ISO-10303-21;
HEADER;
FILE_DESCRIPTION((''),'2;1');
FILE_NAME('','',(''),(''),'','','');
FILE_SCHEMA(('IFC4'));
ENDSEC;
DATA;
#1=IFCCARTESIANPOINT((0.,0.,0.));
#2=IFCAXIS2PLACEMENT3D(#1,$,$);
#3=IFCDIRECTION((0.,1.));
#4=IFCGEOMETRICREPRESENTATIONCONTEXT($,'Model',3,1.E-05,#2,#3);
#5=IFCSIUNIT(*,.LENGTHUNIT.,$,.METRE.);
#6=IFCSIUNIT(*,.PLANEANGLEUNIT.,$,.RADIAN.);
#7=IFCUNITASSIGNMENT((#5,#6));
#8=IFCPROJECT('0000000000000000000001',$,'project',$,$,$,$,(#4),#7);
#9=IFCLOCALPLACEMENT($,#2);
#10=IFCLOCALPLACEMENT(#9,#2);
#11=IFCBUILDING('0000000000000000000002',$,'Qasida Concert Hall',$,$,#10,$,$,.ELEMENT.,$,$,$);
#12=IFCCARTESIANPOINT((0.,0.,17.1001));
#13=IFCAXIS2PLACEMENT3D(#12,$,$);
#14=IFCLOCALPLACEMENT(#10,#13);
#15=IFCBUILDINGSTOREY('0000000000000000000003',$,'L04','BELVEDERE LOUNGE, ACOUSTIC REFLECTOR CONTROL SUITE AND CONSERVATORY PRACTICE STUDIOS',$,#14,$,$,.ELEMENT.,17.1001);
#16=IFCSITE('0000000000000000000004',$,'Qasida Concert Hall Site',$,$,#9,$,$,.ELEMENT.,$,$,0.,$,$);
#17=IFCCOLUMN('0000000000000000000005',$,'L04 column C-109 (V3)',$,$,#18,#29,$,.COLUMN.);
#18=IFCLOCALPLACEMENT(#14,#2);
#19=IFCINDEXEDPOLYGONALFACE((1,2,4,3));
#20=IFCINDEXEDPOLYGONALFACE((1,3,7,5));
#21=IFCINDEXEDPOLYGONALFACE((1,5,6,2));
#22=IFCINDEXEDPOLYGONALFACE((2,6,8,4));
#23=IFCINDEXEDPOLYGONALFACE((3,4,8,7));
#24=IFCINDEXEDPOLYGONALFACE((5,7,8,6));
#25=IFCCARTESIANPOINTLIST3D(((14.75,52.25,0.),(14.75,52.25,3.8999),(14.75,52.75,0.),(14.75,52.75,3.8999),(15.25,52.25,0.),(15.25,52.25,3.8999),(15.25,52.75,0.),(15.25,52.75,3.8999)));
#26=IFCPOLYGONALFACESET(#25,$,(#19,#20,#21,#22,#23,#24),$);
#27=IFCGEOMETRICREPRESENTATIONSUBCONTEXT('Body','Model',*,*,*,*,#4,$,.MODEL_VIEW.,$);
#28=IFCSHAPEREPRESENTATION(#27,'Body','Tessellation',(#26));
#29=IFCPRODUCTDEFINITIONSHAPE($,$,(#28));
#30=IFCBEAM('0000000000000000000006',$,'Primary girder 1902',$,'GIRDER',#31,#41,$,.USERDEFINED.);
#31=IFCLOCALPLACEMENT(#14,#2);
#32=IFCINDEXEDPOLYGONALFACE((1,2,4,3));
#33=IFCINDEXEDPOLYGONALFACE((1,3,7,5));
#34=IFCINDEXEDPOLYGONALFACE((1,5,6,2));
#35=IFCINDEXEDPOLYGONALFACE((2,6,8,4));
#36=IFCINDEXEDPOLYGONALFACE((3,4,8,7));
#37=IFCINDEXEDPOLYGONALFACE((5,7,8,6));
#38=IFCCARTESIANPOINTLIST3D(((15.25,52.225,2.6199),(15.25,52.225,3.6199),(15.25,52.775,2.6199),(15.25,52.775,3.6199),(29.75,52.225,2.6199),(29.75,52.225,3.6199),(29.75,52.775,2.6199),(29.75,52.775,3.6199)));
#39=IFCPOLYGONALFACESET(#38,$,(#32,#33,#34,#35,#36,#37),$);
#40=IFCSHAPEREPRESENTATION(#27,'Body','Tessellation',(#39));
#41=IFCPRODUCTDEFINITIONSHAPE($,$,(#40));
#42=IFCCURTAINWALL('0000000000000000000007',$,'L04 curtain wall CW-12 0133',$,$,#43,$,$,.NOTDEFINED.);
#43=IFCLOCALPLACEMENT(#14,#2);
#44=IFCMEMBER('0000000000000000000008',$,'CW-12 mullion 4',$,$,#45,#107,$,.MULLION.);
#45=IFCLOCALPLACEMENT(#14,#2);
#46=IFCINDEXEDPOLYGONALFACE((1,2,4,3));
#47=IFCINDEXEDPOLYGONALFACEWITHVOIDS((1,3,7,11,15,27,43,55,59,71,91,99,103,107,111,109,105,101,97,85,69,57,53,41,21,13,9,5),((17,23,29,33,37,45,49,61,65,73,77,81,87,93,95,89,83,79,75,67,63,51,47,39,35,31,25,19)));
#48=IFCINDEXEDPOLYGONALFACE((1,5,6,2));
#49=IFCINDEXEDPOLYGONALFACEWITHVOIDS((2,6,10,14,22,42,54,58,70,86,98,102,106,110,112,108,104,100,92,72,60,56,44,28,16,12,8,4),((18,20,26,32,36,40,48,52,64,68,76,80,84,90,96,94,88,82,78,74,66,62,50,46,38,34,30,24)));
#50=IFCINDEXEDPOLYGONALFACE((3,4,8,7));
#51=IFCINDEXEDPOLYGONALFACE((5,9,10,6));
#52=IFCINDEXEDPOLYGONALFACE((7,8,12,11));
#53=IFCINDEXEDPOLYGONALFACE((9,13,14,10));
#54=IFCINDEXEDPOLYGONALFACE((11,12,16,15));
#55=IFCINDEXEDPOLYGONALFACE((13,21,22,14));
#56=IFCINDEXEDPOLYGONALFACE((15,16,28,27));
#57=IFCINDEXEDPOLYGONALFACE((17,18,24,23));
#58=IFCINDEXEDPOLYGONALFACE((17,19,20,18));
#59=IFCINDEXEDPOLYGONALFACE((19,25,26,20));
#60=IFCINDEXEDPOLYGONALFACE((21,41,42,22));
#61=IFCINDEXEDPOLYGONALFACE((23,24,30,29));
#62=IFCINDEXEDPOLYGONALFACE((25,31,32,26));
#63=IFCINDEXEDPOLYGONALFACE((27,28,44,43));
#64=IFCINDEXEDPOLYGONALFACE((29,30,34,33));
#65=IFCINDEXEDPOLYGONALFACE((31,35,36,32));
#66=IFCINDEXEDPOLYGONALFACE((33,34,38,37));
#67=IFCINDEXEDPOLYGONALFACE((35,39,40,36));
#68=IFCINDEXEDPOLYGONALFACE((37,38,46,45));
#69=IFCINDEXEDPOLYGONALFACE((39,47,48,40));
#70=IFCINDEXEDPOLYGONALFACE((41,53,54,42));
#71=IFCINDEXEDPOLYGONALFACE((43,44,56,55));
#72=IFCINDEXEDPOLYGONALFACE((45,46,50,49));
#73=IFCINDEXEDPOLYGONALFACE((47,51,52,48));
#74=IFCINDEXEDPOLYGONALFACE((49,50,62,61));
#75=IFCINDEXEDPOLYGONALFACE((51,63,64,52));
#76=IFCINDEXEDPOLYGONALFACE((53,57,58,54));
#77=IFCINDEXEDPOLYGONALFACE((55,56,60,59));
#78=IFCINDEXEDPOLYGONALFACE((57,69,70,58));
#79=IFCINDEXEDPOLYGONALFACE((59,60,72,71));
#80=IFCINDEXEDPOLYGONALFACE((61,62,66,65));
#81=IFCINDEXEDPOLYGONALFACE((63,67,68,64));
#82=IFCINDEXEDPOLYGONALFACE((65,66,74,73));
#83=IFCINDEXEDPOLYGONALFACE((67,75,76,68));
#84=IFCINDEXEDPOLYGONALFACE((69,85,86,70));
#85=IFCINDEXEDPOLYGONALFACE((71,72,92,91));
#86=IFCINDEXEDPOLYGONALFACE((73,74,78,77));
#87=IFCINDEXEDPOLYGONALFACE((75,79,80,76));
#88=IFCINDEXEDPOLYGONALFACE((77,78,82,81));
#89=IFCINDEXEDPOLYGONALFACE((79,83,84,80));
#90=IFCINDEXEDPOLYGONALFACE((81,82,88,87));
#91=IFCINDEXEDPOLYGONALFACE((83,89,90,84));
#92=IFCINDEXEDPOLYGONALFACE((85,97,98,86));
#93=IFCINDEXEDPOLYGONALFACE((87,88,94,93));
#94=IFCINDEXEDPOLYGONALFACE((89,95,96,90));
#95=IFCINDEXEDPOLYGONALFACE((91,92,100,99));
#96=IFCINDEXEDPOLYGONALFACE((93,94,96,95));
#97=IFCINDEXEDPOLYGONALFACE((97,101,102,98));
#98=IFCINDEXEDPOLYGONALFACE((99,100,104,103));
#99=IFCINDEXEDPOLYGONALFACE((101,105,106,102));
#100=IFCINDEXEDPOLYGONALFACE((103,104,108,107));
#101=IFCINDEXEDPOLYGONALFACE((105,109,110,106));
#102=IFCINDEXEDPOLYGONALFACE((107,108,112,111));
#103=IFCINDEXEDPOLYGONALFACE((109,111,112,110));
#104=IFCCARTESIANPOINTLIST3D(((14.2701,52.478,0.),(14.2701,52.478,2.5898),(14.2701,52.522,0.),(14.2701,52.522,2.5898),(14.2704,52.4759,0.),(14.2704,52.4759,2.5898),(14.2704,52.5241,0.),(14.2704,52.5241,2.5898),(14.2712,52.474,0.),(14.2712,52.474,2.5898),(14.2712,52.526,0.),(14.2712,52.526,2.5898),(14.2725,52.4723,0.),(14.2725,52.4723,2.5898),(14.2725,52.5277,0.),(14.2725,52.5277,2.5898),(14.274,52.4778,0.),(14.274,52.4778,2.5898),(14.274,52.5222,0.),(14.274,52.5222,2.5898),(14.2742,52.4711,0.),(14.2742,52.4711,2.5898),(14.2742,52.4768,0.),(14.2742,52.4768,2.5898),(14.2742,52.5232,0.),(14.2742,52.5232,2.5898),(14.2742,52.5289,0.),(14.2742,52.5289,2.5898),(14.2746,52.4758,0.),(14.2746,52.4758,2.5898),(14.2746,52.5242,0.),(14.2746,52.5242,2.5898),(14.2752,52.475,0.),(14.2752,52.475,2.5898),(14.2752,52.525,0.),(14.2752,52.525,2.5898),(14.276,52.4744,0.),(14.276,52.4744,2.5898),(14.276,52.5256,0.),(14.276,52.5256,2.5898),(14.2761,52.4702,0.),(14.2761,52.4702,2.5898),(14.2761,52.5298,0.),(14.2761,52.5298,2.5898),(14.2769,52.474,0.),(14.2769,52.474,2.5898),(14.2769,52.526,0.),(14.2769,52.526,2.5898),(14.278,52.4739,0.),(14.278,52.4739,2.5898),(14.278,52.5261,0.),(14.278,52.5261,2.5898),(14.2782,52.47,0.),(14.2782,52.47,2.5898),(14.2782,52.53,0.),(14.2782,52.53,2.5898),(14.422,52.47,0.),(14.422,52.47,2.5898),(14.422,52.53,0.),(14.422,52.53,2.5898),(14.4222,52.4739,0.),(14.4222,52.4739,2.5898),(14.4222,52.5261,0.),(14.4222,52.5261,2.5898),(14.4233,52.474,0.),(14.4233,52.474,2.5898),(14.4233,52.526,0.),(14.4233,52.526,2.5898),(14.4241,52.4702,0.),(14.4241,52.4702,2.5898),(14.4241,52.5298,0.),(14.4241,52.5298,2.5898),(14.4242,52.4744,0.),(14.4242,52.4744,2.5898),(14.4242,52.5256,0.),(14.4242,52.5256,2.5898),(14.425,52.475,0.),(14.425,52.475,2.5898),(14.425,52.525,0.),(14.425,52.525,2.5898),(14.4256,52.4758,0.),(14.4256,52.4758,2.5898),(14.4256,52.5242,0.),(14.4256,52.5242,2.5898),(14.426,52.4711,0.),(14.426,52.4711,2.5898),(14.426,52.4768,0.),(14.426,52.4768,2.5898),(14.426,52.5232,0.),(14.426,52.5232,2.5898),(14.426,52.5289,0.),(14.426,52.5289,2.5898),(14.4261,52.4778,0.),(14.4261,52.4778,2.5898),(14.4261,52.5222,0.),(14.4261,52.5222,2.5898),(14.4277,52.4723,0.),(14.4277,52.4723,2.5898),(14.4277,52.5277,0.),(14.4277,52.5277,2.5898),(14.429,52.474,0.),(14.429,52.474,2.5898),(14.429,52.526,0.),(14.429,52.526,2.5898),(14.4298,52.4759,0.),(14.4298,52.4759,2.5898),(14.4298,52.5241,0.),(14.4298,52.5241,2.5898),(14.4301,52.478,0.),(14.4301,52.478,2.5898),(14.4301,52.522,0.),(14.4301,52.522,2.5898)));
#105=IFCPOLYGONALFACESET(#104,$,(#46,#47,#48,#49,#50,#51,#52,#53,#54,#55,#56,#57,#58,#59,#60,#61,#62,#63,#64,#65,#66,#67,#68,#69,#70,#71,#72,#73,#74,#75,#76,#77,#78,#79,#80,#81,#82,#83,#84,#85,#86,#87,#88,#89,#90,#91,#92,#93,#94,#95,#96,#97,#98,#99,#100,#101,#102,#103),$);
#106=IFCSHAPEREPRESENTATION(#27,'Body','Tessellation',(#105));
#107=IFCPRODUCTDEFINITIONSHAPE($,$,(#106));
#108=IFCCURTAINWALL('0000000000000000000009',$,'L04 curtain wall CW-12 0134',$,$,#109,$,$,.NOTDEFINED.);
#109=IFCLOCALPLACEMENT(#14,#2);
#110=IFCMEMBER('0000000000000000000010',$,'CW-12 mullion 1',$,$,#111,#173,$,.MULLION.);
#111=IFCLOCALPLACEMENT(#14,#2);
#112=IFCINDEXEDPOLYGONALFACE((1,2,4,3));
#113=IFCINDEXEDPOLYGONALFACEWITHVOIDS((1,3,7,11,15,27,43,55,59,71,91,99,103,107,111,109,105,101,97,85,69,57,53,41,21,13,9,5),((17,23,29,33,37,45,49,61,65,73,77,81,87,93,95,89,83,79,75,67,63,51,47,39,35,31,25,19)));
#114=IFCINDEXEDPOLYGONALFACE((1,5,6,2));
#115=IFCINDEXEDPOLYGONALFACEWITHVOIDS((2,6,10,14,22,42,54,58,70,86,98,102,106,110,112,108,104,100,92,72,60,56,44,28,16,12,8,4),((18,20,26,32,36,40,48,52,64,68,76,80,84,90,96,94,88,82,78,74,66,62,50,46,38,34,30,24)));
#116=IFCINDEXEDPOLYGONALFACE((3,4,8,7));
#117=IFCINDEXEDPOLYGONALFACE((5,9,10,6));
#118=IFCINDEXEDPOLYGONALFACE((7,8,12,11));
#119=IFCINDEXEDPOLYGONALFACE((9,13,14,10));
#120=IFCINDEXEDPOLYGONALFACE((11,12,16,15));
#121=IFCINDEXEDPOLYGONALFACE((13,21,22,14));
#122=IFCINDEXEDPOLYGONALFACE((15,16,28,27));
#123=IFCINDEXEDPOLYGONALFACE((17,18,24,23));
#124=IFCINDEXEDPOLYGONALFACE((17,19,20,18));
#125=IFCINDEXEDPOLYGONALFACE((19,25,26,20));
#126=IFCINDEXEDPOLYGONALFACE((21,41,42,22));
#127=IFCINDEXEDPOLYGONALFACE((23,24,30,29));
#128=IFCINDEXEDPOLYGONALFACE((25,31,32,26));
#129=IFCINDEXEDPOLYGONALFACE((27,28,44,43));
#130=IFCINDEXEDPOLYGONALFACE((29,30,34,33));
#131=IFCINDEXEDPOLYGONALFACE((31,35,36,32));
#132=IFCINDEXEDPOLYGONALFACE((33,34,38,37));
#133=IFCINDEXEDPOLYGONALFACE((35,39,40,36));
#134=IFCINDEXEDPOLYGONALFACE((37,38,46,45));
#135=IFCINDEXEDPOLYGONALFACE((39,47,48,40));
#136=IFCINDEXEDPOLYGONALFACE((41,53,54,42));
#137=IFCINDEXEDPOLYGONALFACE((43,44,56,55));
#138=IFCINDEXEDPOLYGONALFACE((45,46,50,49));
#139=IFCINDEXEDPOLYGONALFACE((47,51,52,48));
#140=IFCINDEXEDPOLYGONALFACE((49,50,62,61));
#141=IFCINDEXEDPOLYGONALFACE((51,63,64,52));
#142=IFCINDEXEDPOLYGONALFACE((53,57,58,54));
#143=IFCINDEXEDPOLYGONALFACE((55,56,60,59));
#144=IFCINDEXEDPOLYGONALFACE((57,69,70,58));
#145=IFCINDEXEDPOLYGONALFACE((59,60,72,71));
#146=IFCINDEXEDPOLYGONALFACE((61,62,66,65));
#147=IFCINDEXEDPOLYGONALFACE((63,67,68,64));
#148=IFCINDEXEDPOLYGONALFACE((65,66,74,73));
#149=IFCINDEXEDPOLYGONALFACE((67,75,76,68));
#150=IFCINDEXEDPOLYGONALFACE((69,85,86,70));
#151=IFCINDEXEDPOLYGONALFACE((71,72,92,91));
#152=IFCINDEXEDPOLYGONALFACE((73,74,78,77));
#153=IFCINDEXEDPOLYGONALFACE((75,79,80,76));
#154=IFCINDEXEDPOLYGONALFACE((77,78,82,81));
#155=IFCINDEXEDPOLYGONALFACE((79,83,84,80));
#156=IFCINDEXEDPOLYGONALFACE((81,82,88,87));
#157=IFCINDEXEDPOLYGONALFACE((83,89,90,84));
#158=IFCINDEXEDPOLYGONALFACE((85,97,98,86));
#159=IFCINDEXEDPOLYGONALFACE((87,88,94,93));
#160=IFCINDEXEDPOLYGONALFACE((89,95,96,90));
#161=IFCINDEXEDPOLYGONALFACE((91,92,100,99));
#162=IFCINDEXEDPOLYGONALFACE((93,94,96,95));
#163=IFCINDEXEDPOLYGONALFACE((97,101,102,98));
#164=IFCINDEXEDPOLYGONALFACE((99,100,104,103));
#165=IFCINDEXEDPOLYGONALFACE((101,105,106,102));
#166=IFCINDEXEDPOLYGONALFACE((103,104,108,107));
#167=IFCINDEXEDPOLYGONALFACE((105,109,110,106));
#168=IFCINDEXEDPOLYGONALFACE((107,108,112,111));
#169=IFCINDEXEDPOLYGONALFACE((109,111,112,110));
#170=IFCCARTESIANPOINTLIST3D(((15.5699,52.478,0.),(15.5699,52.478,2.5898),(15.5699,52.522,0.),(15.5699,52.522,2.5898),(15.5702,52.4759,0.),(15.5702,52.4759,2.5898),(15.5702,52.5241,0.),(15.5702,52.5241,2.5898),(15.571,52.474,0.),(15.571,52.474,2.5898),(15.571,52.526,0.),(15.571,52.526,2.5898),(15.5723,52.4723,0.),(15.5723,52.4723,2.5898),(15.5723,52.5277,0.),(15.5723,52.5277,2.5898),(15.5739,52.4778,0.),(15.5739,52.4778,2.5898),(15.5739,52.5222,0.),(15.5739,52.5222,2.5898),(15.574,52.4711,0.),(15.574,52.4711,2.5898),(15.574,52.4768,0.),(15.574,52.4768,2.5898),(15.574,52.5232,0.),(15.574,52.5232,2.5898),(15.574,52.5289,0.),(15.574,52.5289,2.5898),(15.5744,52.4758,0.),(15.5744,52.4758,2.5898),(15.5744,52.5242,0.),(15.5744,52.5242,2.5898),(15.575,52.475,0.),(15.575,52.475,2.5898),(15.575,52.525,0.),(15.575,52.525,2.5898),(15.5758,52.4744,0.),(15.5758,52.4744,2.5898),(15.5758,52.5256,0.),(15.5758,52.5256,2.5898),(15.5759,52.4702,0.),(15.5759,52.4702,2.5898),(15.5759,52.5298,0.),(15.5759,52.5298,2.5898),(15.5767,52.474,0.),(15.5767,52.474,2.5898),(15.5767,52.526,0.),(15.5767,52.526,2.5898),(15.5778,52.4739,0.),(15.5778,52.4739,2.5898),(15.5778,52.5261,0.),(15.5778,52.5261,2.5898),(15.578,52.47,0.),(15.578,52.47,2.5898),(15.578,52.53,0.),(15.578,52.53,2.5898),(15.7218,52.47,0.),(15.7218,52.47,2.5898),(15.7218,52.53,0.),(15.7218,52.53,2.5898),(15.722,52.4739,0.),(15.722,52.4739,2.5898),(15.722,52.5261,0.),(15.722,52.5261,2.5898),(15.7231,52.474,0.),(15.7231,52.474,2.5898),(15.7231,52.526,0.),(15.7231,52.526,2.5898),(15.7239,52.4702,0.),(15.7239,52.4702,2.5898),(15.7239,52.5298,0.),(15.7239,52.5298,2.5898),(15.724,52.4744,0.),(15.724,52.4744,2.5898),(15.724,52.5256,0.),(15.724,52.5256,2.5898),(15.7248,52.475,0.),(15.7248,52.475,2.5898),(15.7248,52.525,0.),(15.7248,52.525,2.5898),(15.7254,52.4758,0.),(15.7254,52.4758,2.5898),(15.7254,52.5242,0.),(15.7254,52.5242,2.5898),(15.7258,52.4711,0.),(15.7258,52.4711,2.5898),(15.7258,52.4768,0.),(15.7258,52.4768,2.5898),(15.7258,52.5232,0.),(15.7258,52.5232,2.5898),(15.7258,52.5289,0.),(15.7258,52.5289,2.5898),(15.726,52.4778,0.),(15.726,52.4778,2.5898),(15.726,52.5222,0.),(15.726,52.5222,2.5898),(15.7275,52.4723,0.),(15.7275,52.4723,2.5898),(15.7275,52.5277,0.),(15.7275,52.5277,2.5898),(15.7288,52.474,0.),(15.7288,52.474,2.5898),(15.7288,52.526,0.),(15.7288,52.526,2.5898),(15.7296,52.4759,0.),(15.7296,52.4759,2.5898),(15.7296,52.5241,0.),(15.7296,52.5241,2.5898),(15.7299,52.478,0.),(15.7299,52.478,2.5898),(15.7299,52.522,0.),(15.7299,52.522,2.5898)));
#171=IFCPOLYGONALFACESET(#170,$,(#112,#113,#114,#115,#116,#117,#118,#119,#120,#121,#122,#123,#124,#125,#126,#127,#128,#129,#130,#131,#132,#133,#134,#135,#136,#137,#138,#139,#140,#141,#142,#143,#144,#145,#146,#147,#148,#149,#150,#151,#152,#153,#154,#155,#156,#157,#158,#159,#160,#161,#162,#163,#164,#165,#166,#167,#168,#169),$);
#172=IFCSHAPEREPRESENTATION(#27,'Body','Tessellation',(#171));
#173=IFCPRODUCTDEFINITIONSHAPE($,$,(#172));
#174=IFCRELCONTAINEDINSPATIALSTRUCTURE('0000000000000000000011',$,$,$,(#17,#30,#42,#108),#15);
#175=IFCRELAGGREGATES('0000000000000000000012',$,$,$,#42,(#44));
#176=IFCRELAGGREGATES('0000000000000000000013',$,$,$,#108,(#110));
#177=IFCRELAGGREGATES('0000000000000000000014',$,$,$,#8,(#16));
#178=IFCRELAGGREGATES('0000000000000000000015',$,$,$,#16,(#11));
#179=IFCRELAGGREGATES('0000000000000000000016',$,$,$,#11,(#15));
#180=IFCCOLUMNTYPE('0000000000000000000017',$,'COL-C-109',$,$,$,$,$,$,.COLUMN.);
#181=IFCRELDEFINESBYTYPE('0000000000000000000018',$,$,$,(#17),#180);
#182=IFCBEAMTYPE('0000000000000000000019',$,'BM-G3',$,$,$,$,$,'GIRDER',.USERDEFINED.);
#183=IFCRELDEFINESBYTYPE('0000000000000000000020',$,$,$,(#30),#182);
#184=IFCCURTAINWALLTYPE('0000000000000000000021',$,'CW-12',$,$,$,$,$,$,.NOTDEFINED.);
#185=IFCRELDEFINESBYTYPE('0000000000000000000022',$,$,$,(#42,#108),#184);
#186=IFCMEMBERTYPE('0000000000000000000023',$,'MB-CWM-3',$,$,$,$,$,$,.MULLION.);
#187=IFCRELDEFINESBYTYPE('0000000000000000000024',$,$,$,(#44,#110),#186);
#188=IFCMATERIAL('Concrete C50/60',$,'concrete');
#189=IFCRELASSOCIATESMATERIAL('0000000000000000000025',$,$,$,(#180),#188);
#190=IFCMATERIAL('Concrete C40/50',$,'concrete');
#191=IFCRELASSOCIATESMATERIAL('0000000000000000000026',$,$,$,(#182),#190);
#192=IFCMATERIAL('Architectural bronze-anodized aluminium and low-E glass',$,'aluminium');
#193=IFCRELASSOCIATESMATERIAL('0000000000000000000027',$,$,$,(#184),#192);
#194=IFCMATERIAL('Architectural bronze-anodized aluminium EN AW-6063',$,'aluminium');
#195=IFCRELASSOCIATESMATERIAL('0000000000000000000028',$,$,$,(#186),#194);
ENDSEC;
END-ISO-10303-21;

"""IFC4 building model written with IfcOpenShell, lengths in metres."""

from ifc_helpers import new_model, si_unit, direction, frame, origin, origin_2d, place, context, subcontext, project, spatial, rectangle, hollow_rectangle, extrude, material, material_profile, profile_set, type_object, element, aggregate, save


model = new_model("IFC4")

# Units and contexts
model_context = context("Model", 3, precision=1e-05, world=origin(), true_north=direction((0.0, 1.0)))
body_context = subcontext(model_context, "Body", "Model", "MODEL_VIEW")
ifc_project = project(units=[si_unit("LENGTHUNIT", "METRE"), si_unit("PLANEANGLEUNIT", "RADIAN")], contexts=[model_context])

# Site, building, storey
site_placement = place(None, origin())
site = spatial("IfcSite", under=ifc_project, at=site_placement, Name="Qasida Concert Hall Site", CompositionType="ELEMENT", RefElevation=0.0)
building_placement = place(site_placement, origin())
building = spatial("IfcBuilding", under=site, at=building_placement, Name="Qasida Concert Hall", CompositionType="ELEMENT")
storey_placement = place(building_placement, frame((0.0, 0.0, 17.1001)))
storey = spatial("IfcBuildingStorey", under=building, at=storey_placement, Name="L04", Description="BELVEDERE LOUNGE, ACOUSTIC REFLECTOR CONTROL SUITE AND CONSERVATORY PRACTICE STUDIOS", CompositionType="ELEMENT", Elevation=17.1001)

# Column
ifc_material_1 = material(Name="Concrete C50/60", Category="concrete")
ifc_material_profile_1 = material_profile(ifc_material_1, rectangle(XDim=0.5, YDim=0.5, at=origin_2d()), Name="RC 500x500")
ifc_profile_set_1 = profile_set([ifc_material_profile_1], Name="Concrete C50/60")
column_type = type_object("IfcColumnType", Name="COL-C-109", PredefinedType="COLUMN", material=ifc_profile_set_1)
column_placement = place(storey_placement, frame((15.0, 52.5, 0.0), z_axis=(0.0, 0.0, 1.0), x_axis=(1.0, 0.0, 0.0)))
element("IfcColumn", 1, at=column_placement, inside=storey, type_object=column_type, Name="L04 column C-109 (V3)", PredefinedType="COLUMN", context=body_context, shape_type="SweptSolid", body=[
    extrude(rectangle(XDim=0.5, YDim=0.5, at=origin_2d()), origin(), (0.0, 0.0, 1.0), 3.8999),
])

# Beam
ifc_material_2 = material(Name="Concrete C40/50", Category="concrete")
ifc_material_profile_2 = material_profile(ifc_material_2, rectangle(XDim=0.55, YDim=1.0, at=origin_2d()), Name="RC 550x1000")
ifc_profile_set_2 = profile_set([ifc_material_profile_2], Name="Concrete C40/50")
beam_type = type_object("IfcBeamType", Name="BM-G3", ElementType="GIRDER", PredefinedType="USERDEFINED", material=ifc_profile_set_2)
beam_placement = place(storey_placement, frame((15.25, 52.5, 3.1199), z_axis=(1.0, 0.0, 0.0), x_axis=(0.0, 1.0, 0.0)))
element("IfcBeam", 2, at=beam_placement, inside=storey, type_object=beam_type, Name="Primary girder 1902", ObjectType="GIRDER", PredefinedType="USERDEFINED", context=body_context, shape_type="SweptSolid", body=[
    extrude(rectangle(XDim=0.55, YDim=1.0, at=origin_2d()), origin(), (0.0, 0.0, 1.0), 14.5),
])

# Curtain wall, member
ifc_material_3 = material(Name="Architectural bronze-anodized aluminium and low-E glass", Category="aluminium")
curtain_wall_type = type_object("IfcCurtainWallType", Name="CW-12", PredefinedType="NOTDEFINED", material=ifc_material_3)
curtain_wall_1_placement = place(storey_placement, origin())
curtain_wall_1 = element("IfcCurtainWall", 3, at=curtain_wall_1_placement, inside=storey, type_object=curtain_wall_type, Name="L04 curtain wall CW-12 0133", PredefinedType="NOTDEFINED")
ifc_material_4 = material(Name="Architectural bronze-anodized aluminium EN AW-6063", Category="aluminium")
ifc_material_profile_3 = material_profile(ifc_material_4, hollow_rectangle(XDim=0.0601, YDim=0.1599, WallThickness=0.0039, InnerFilletRadius=0.0039, OuterFilletRadius=0.0081, at=origin_2d()), Name="CWM 160x60x4")
ifc_profile_set_3 = profile_set([ifc_material_profile_3], Name="Architectural bronze-anodized aluminium EN AW-6063")
member_type_1 = type_object("IfcMemberType", Name="MB-CWM-3", PredefinedType="MULLION", material=ifc_profile_set_3)
member_1_placement = place(storey_placement, frame((14.3501, 52.5, 0.0), z_axis=(0.0, 0.0, 1.0), x_axis=(0.0, 1.0, 0.0)))
member_1 = element("IfcMember", 4, at=member_1_placement, type_object=member_type_1, Name="CW-12 mullion 4", PredefinedType="MULLION", context=body_context, shape_type="SweptSolid", body=[
    extrude(hollow_rectangle(XDim=0.0601, YDim=0.1599, WallThickness=0.0039, InnerFilletRadius=0.0039, OuterFilletRadius=0.0081, at=origin_2d()), origin(), (0.0, 0.0, 1.0), 2.5898),
])

# Curtain wall, member
curtain_wall_2_placement = place(storey_placement, origin())
curtain_wall_2 = element("IfcCurtainWall", 5, at=curtain_wall_2_placement, inside=storey, type_object=curtain_wall_type, Name="L04 curtain wall CW-12 0134", PredefinedType="NOTDEFINED")
member_2_placement = place(storey_placement, frame((15.6499, 52.5, 0.0), z_axis=(0.0, 0.0, 1.0), x_axis=(0.0, 1.0, 0.0)))
member_2 = element("IfcMember", 6, at=member_2_placement, type_object=member_type_1, Name="CW-12 mullion 1", PredefinedType="MULLION", context=body_context, shape_type="SweptSolid", body=[
    extrude(hollow_rectangle(XDim=0.0601, YDim=0.1599, WallThickness=0.0039, InnerFilletRadius=0.0039, OuterFilletRadius=0.0081, at=origin_2d()), origin(), (0.0, 0.0, 1.0), 2.5898),
])

aggregate(curtain_wall_1, [member_1])
aggregate(curtain_wall_2, [member_2])

save(model, "model.ifc")
